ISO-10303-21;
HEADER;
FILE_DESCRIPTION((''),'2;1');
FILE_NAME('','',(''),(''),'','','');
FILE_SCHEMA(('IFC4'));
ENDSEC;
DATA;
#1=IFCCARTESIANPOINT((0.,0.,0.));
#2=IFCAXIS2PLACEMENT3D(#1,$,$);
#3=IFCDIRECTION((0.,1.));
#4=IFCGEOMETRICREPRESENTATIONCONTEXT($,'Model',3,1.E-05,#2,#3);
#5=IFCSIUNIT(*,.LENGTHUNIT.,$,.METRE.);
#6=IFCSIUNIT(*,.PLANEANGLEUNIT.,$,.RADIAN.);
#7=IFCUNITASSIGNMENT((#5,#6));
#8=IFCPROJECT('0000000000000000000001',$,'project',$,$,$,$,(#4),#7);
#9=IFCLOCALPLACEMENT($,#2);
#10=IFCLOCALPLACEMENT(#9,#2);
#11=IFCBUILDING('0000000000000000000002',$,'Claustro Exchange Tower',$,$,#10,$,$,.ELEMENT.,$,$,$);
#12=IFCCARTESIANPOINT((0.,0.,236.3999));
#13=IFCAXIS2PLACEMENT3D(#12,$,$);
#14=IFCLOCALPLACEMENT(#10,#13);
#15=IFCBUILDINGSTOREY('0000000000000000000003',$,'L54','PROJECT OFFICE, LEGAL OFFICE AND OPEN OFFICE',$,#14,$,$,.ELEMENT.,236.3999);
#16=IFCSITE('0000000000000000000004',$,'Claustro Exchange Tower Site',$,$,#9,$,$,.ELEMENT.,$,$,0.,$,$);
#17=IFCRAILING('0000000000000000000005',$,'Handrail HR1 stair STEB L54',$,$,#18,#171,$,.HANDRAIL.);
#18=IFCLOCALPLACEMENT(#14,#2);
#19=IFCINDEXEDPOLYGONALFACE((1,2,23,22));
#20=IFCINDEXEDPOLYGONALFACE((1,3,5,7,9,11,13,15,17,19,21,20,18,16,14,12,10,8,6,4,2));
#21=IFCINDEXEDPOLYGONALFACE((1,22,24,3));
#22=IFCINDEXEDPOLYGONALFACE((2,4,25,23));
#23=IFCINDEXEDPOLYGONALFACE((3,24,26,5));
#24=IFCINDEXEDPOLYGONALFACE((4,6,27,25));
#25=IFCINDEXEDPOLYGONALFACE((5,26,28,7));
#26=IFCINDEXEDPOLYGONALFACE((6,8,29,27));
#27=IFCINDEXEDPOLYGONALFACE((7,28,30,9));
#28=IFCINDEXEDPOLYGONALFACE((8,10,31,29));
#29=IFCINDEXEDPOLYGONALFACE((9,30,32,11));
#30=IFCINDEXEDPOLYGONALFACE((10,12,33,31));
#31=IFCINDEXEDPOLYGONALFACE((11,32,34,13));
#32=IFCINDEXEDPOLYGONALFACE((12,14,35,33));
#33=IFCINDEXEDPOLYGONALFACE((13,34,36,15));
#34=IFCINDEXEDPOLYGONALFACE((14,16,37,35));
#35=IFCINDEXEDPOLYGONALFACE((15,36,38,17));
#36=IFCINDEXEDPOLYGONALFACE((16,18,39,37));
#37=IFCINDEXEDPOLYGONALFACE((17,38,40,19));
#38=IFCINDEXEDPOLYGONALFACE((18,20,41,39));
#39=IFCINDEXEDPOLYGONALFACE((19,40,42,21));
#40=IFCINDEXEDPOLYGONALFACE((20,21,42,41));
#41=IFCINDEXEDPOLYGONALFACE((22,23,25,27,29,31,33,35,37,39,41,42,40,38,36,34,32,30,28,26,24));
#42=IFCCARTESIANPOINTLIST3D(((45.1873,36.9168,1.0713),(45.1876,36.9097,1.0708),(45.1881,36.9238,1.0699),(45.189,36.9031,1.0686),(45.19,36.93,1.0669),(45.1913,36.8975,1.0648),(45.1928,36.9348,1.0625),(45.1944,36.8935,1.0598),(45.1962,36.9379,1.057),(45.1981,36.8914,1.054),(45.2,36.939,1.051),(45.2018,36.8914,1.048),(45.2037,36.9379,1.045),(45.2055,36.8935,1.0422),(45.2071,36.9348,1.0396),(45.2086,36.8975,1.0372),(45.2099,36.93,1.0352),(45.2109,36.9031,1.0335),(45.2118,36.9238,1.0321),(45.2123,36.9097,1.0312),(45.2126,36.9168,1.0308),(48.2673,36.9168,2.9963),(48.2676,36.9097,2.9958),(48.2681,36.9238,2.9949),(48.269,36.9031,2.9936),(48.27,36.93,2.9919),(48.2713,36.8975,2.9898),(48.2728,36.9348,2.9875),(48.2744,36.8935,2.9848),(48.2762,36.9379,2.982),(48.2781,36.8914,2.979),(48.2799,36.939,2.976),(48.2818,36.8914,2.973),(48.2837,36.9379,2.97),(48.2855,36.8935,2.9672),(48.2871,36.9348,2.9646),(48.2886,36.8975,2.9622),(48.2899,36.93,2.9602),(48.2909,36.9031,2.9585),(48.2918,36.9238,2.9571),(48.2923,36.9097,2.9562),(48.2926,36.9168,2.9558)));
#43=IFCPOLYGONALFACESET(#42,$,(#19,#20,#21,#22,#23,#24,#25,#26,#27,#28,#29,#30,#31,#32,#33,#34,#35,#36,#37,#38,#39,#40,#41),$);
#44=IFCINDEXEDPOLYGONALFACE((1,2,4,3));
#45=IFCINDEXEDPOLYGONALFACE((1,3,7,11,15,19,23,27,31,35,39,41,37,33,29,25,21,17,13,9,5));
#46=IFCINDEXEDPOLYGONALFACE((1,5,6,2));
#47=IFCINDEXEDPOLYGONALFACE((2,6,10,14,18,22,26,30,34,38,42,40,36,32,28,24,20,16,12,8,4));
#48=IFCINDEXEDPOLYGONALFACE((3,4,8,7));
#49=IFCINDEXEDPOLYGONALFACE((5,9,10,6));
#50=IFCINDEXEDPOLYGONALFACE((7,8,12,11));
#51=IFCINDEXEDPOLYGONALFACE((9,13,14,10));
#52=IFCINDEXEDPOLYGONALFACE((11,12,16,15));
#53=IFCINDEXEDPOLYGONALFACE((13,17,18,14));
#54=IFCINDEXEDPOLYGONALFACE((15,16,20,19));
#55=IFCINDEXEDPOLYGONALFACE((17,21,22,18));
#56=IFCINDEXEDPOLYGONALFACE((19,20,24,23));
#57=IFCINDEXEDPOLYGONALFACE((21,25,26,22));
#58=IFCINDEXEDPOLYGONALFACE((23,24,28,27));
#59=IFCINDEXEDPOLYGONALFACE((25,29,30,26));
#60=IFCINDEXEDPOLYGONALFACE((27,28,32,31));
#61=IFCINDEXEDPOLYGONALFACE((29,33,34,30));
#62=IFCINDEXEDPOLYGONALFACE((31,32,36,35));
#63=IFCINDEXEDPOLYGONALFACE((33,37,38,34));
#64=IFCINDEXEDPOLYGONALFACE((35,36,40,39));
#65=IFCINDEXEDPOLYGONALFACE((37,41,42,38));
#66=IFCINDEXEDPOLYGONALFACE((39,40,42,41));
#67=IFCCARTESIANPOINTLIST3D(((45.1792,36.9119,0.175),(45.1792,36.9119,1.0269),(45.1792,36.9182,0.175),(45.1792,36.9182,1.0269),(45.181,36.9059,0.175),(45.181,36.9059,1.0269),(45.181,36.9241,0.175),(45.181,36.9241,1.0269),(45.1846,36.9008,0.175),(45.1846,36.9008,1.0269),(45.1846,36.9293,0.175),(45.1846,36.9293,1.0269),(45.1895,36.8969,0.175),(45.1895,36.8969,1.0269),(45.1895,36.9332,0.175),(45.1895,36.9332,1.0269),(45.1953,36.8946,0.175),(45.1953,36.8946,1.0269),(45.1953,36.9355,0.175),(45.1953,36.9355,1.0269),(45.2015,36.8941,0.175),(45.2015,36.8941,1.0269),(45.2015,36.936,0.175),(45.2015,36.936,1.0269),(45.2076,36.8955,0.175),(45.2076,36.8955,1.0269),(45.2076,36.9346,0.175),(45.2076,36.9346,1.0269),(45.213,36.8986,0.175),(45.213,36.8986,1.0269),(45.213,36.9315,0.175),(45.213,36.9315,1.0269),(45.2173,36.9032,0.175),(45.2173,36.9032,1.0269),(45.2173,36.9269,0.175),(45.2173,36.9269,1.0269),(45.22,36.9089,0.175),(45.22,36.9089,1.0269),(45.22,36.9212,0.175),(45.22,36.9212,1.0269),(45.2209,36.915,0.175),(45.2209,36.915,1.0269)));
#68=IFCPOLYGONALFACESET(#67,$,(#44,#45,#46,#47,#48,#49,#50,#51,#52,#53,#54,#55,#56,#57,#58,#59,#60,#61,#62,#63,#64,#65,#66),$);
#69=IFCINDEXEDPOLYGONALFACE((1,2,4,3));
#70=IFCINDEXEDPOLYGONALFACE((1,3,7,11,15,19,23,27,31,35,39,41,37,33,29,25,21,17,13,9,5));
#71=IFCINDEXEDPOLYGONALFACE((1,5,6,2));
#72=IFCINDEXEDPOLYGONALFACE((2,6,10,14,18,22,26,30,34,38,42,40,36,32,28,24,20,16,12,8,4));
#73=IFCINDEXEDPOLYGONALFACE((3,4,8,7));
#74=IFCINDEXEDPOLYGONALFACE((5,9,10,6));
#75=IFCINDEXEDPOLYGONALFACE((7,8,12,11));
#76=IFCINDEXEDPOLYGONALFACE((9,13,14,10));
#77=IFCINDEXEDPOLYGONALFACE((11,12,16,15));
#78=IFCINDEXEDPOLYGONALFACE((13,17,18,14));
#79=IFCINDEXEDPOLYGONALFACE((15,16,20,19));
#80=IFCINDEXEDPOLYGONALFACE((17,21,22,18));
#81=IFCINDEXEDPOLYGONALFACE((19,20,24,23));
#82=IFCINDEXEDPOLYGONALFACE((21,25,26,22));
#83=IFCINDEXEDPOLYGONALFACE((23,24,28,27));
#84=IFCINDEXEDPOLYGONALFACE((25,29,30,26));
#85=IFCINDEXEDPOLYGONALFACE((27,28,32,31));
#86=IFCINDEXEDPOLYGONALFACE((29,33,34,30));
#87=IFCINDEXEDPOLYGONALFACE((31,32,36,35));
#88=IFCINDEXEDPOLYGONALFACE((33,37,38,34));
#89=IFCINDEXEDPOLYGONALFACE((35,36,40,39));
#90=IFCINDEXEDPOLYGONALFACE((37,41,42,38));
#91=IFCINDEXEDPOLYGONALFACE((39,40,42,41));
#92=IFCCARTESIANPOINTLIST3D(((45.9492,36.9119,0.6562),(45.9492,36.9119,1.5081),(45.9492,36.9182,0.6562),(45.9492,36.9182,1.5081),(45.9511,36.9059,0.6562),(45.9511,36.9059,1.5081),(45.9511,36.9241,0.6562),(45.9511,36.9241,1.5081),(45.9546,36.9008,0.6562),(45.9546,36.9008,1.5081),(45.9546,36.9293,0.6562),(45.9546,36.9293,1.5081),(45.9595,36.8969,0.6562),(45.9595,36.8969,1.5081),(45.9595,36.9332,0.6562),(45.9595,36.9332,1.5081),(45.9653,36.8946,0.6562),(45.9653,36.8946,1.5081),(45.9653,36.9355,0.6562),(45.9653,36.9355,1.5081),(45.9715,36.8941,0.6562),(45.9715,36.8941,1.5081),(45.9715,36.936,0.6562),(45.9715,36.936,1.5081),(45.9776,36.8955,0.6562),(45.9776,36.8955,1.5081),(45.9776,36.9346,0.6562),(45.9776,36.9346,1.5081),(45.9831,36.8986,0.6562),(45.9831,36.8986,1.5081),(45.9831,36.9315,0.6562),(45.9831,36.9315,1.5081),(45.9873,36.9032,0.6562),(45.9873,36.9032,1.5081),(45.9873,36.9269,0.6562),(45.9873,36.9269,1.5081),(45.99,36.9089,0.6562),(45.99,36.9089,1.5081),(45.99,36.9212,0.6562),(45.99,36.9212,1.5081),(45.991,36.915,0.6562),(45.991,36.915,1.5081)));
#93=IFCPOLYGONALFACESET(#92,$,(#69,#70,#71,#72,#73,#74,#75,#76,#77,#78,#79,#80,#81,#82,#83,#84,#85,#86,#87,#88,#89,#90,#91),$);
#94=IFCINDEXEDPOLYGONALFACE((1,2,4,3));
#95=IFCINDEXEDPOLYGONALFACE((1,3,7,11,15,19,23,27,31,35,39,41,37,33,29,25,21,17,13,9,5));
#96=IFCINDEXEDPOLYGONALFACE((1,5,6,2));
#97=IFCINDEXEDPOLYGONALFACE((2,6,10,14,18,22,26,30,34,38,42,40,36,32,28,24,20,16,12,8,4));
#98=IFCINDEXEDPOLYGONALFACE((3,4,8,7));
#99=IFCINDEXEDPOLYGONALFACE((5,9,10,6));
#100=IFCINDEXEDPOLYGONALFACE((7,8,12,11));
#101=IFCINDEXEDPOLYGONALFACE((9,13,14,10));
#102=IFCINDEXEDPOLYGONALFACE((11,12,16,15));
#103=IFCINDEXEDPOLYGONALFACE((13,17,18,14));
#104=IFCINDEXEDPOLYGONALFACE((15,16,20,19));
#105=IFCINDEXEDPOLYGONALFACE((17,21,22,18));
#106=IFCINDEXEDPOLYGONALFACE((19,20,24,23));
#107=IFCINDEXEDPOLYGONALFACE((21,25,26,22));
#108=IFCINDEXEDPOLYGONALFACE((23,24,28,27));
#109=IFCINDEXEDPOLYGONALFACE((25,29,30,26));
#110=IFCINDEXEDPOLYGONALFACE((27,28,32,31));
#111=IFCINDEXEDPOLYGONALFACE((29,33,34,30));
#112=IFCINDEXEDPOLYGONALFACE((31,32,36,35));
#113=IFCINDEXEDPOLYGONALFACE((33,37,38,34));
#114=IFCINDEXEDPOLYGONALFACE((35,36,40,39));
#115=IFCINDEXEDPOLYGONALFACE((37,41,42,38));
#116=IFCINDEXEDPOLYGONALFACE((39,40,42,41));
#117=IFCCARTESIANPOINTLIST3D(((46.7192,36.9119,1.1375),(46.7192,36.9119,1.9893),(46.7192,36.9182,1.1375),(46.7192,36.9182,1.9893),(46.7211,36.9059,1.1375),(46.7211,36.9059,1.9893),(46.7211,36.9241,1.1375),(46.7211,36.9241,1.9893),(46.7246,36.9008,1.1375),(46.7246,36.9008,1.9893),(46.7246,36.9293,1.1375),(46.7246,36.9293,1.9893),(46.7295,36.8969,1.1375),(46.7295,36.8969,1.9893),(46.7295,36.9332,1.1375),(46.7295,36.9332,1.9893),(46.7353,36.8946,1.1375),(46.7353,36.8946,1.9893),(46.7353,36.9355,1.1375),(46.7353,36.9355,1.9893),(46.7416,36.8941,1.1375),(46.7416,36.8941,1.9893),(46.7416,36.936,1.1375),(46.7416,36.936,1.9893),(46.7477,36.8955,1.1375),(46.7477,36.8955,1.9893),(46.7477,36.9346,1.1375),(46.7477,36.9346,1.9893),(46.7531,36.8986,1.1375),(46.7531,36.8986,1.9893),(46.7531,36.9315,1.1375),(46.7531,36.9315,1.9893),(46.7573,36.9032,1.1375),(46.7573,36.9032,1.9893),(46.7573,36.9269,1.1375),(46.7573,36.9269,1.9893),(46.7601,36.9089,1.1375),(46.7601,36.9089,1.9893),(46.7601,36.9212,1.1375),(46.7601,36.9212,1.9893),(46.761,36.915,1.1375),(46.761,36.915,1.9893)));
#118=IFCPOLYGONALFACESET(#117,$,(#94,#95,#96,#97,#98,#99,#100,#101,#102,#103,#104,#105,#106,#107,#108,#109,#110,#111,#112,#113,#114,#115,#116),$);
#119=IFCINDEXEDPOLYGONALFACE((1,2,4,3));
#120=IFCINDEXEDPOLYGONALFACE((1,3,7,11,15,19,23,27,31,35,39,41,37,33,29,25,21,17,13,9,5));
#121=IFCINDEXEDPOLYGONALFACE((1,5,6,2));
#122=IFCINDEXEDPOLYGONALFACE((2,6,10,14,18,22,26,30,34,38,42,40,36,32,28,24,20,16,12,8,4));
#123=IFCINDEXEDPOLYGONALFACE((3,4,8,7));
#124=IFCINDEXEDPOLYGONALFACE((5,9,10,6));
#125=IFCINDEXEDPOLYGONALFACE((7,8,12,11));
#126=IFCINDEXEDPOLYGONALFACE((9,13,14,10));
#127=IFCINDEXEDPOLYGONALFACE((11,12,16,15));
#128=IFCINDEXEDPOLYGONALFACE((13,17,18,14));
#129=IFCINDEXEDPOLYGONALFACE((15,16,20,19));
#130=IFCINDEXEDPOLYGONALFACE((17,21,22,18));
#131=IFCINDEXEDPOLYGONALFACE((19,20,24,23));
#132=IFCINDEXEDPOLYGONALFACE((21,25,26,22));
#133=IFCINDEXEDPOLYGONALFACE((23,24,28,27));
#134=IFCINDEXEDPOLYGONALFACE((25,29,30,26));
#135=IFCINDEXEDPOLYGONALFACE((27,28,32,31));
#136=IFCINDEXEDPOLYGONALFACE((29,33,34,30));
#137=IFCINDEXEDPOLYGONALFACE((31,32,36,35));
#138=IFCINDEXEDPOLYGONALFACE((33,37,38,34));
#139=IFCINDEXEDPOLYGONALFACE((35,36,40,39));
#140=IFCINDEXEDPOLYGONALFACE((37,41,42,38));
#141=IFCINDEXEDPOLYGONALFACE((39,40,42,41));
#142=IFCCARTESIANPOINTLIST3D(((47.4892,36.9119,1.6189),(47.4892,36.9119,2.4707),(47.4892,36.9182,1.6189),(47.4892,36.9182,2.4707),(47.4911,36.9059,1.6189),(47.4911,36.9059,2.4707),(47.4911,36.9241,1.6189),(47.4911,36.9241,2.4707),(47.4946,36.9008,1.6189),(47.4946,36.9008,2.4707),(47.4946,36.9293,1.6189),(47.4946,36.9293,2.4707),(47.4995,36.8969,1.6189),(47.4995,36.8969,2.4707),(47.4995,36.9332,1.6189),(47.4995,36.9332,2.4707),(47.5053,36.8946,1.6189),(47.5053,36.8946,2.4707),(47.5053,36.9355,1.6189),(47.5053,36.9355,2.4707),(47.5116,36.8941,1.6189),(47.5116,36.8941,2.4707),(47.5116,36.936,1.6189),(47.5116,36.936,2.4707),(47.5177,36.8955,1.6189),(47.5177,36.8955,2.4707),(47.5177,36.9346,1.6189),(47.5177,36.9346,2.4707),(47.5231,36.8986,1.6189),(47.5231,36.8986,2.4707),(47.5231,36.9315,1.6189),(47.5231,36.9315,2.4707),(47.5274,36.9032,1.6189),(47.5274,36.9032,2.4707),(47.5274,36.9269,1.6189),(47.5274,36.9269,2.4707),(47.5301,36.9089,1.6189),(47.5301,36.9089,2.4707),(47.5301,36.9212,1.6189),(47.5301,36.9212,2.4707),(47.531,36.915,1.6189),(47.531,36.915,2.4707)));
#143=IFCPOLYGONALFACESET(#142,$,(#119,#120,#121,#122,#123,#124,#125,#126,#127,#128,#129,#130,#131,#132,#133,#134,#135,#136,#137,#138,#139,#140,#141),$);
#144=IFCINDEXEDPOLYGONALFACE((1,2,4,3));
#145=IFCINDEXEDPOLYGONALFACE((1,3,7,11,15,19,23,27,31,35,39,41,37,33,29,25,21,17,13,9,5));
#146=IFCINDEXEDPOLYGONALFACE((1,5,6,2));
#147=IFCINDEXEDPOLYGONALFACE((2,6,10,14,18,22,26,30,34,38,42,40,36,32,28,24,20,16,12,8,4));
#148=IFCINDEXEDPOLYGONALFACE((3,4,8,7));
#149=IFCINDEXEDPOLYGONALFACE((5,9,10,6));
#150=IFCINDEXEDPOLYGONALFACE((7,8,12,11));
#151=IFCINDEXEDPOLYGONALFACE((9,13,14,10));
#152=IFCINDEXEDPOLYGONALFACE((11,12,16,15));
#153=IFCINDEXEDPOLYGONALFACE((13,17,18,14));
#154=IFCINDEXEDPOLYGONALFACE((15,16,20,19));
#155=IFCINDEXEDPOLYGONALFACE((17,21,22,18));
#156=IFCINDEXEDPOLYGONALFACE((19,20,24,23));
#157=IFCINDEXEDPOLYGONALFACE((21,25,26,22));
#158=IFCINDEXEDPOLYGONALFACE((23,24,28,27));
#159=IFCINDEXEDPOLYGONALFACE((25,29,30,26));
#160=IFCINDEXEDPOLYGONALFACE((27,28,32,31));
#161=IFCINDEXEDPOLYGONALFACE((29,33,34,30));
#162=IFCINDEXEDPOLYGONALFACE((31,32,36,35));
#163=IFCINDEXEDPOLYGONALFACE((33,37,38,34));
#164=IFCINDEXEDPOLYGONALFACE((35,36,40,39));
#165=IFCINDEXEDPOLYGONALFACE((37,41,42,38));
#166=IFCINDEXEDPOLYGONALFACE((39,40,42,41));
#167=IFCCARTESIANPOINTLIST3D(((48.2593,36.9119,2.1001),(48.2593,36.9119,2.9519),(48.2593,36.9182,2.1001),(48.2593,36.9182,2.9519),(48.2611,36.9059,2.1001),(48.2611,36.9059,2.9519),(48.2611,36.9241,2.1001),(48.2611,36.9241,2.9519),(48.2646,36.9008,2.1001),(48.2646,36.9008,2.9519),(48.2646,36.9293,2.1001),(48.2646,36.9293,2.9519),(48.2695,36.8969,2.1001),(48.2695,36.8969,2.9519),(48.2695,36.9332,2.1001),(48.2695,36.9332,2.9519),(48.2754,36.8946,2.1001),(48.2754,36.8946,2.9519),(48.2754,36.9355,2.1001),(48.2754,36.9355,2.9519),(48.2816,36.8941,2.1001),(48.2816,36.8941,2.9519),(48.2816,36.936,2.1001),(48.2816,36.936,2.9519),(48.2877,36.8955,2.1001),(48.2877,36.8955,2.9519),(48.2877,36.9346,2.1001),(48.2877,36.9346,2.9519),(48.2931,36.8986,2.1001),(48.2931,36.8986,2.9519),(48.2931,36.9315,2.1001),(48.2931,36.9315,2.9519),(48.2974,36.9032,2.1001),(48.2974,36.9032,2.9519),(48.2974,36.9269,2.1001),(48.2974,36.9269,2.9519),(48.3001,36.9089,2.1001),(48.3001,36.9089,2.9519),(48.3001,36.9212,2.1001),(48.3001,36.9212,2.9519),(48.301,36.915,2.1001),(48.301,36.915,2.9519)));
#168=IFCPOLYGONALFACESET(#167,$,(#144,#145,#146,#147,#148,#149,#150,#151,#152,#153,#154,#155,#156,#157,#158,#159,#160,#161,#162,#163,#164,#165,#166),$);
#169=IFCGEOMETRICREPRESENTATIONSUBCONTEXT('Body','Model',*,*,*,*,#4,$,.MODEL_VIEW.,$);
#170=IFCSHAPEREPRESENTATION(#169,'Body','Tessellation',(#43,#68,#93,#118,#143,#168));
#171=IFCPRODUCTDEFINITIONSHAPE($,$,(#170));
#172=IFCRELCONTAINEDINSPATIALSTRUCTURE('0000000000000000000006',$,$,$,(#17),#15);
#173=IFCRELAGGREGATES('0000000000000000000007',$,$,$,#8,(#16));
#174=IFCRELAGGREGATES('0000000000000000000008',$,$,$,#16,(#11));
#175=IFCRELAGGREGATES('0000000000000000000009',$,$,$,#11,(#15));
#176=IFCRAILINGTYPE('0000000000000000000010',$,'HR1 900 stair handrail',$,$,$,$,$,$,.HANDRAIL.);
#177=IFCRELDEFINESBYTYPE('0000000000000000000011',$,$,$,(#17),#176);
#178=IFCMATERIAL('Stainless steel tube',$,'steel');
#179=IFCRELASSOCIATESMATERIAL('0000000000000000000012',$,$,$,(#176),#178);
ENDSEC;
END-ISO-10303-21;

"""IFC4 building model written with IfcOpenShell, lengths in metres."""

from ifc_helpers import new_model, si_unit, direction, frame, origin, origin_2d, place, context, subcontext, project, spatial, circle, extrude, material, type_object, element, save


model = new_model("IFC4")

# Units and contexts
model_context = context("Model", 3, precision=1e-05, world=origin(), true_north=direction((0.0, 1.0)))
body_context = subcontext(model_context, "Body", "Model", "MODEL_VIEW")
ifc_project = project(units=[si_unit("LENGTHUNIT", "METRE"), si_unit("PLANEANGLEUNIT", "RADIAN")], contexts=[model_context])

# Site, building, storey
site_placement = place(None, origin())
site = spatial("IfcSite", under=ifc_project, at=site_placement, Name="Claustro Exchange Tower Site", CompositionType="ELEMENT", RefElevation=0.0)
building_placement = place(site_placement, origin())
building = spatial("IfcBuilding", under=site, at=building_placement, Name="Claustro Exchange Tower", CompositionType="ELEMENT")
storey_placement = place(building_placement, frame((0.0, 0.0, 236.3999)))
storey = spatial("IfcBuildingStorey", under=building, at=storey_placement, Name="L54", Description="PROJECT OFFICE, LEGAL OFFICE AND OPEN OFFICE", CompositionType="ELEMENT", Elevation=236.3999)

# Railing
ifc_material_1 = material(Name="Stainless steel tube", Category="steel")
railing_type_1 = type_object("IfcRailingType", Name="HR1 900 stair handrail", PredefinedType="HANDRAIL", material=ifc_material_1)
railing_1_placement = place(storey_placement, frame((45.2, 36.915, 0.175)))
element("IfcRailing", 1, at=railing_1_placement, inside=storey, type_object=railing_type_1, Name="Handrail HR1 stair STEB L54", PredefinedType="HANDRAIL", context=body_context, shape_type="SweptSolid", body=[
    extrude(circle(Radius=0.0239, at=origin_2d()), frame((0.0, 0.0, 0.876), z_axis=(0.847998, 0.0, 0.529999), x_axis=(0.0, 1.0, 0.0)), (0.0, 0.0, 1.0), 3.6321),
    extrude(circle(Radius=0.021, at=origin_2d()), origin(), (0.0, 0.0, 1.0), 0.8518),
    extrude(circle(Radius=0.021, at=origin_2d()), frame((0.77, 0.0, 0.4812)), (0.0, 0.0, 1.0), 0.8518),
    extrude(circle(Radius=0.021, at=origin_2d()), frame((1.54, 0.0, 0.9624)), (0.0, 0.0, 1.0), 0.8518),
    extrude(circle(Radius=0.021, at=origin_2d()), frame((2.3101, 0.0, 1.4438)), (0.0, 0.0, 1.0), 0.8518),
    extrude(circle(Radius=0.021, at=origin_2d()), frame((3.0801, 0.0, 1.925)), (0.0, 0.0, 1.0), 0.8518),
])

save(model, "model.ifc")
